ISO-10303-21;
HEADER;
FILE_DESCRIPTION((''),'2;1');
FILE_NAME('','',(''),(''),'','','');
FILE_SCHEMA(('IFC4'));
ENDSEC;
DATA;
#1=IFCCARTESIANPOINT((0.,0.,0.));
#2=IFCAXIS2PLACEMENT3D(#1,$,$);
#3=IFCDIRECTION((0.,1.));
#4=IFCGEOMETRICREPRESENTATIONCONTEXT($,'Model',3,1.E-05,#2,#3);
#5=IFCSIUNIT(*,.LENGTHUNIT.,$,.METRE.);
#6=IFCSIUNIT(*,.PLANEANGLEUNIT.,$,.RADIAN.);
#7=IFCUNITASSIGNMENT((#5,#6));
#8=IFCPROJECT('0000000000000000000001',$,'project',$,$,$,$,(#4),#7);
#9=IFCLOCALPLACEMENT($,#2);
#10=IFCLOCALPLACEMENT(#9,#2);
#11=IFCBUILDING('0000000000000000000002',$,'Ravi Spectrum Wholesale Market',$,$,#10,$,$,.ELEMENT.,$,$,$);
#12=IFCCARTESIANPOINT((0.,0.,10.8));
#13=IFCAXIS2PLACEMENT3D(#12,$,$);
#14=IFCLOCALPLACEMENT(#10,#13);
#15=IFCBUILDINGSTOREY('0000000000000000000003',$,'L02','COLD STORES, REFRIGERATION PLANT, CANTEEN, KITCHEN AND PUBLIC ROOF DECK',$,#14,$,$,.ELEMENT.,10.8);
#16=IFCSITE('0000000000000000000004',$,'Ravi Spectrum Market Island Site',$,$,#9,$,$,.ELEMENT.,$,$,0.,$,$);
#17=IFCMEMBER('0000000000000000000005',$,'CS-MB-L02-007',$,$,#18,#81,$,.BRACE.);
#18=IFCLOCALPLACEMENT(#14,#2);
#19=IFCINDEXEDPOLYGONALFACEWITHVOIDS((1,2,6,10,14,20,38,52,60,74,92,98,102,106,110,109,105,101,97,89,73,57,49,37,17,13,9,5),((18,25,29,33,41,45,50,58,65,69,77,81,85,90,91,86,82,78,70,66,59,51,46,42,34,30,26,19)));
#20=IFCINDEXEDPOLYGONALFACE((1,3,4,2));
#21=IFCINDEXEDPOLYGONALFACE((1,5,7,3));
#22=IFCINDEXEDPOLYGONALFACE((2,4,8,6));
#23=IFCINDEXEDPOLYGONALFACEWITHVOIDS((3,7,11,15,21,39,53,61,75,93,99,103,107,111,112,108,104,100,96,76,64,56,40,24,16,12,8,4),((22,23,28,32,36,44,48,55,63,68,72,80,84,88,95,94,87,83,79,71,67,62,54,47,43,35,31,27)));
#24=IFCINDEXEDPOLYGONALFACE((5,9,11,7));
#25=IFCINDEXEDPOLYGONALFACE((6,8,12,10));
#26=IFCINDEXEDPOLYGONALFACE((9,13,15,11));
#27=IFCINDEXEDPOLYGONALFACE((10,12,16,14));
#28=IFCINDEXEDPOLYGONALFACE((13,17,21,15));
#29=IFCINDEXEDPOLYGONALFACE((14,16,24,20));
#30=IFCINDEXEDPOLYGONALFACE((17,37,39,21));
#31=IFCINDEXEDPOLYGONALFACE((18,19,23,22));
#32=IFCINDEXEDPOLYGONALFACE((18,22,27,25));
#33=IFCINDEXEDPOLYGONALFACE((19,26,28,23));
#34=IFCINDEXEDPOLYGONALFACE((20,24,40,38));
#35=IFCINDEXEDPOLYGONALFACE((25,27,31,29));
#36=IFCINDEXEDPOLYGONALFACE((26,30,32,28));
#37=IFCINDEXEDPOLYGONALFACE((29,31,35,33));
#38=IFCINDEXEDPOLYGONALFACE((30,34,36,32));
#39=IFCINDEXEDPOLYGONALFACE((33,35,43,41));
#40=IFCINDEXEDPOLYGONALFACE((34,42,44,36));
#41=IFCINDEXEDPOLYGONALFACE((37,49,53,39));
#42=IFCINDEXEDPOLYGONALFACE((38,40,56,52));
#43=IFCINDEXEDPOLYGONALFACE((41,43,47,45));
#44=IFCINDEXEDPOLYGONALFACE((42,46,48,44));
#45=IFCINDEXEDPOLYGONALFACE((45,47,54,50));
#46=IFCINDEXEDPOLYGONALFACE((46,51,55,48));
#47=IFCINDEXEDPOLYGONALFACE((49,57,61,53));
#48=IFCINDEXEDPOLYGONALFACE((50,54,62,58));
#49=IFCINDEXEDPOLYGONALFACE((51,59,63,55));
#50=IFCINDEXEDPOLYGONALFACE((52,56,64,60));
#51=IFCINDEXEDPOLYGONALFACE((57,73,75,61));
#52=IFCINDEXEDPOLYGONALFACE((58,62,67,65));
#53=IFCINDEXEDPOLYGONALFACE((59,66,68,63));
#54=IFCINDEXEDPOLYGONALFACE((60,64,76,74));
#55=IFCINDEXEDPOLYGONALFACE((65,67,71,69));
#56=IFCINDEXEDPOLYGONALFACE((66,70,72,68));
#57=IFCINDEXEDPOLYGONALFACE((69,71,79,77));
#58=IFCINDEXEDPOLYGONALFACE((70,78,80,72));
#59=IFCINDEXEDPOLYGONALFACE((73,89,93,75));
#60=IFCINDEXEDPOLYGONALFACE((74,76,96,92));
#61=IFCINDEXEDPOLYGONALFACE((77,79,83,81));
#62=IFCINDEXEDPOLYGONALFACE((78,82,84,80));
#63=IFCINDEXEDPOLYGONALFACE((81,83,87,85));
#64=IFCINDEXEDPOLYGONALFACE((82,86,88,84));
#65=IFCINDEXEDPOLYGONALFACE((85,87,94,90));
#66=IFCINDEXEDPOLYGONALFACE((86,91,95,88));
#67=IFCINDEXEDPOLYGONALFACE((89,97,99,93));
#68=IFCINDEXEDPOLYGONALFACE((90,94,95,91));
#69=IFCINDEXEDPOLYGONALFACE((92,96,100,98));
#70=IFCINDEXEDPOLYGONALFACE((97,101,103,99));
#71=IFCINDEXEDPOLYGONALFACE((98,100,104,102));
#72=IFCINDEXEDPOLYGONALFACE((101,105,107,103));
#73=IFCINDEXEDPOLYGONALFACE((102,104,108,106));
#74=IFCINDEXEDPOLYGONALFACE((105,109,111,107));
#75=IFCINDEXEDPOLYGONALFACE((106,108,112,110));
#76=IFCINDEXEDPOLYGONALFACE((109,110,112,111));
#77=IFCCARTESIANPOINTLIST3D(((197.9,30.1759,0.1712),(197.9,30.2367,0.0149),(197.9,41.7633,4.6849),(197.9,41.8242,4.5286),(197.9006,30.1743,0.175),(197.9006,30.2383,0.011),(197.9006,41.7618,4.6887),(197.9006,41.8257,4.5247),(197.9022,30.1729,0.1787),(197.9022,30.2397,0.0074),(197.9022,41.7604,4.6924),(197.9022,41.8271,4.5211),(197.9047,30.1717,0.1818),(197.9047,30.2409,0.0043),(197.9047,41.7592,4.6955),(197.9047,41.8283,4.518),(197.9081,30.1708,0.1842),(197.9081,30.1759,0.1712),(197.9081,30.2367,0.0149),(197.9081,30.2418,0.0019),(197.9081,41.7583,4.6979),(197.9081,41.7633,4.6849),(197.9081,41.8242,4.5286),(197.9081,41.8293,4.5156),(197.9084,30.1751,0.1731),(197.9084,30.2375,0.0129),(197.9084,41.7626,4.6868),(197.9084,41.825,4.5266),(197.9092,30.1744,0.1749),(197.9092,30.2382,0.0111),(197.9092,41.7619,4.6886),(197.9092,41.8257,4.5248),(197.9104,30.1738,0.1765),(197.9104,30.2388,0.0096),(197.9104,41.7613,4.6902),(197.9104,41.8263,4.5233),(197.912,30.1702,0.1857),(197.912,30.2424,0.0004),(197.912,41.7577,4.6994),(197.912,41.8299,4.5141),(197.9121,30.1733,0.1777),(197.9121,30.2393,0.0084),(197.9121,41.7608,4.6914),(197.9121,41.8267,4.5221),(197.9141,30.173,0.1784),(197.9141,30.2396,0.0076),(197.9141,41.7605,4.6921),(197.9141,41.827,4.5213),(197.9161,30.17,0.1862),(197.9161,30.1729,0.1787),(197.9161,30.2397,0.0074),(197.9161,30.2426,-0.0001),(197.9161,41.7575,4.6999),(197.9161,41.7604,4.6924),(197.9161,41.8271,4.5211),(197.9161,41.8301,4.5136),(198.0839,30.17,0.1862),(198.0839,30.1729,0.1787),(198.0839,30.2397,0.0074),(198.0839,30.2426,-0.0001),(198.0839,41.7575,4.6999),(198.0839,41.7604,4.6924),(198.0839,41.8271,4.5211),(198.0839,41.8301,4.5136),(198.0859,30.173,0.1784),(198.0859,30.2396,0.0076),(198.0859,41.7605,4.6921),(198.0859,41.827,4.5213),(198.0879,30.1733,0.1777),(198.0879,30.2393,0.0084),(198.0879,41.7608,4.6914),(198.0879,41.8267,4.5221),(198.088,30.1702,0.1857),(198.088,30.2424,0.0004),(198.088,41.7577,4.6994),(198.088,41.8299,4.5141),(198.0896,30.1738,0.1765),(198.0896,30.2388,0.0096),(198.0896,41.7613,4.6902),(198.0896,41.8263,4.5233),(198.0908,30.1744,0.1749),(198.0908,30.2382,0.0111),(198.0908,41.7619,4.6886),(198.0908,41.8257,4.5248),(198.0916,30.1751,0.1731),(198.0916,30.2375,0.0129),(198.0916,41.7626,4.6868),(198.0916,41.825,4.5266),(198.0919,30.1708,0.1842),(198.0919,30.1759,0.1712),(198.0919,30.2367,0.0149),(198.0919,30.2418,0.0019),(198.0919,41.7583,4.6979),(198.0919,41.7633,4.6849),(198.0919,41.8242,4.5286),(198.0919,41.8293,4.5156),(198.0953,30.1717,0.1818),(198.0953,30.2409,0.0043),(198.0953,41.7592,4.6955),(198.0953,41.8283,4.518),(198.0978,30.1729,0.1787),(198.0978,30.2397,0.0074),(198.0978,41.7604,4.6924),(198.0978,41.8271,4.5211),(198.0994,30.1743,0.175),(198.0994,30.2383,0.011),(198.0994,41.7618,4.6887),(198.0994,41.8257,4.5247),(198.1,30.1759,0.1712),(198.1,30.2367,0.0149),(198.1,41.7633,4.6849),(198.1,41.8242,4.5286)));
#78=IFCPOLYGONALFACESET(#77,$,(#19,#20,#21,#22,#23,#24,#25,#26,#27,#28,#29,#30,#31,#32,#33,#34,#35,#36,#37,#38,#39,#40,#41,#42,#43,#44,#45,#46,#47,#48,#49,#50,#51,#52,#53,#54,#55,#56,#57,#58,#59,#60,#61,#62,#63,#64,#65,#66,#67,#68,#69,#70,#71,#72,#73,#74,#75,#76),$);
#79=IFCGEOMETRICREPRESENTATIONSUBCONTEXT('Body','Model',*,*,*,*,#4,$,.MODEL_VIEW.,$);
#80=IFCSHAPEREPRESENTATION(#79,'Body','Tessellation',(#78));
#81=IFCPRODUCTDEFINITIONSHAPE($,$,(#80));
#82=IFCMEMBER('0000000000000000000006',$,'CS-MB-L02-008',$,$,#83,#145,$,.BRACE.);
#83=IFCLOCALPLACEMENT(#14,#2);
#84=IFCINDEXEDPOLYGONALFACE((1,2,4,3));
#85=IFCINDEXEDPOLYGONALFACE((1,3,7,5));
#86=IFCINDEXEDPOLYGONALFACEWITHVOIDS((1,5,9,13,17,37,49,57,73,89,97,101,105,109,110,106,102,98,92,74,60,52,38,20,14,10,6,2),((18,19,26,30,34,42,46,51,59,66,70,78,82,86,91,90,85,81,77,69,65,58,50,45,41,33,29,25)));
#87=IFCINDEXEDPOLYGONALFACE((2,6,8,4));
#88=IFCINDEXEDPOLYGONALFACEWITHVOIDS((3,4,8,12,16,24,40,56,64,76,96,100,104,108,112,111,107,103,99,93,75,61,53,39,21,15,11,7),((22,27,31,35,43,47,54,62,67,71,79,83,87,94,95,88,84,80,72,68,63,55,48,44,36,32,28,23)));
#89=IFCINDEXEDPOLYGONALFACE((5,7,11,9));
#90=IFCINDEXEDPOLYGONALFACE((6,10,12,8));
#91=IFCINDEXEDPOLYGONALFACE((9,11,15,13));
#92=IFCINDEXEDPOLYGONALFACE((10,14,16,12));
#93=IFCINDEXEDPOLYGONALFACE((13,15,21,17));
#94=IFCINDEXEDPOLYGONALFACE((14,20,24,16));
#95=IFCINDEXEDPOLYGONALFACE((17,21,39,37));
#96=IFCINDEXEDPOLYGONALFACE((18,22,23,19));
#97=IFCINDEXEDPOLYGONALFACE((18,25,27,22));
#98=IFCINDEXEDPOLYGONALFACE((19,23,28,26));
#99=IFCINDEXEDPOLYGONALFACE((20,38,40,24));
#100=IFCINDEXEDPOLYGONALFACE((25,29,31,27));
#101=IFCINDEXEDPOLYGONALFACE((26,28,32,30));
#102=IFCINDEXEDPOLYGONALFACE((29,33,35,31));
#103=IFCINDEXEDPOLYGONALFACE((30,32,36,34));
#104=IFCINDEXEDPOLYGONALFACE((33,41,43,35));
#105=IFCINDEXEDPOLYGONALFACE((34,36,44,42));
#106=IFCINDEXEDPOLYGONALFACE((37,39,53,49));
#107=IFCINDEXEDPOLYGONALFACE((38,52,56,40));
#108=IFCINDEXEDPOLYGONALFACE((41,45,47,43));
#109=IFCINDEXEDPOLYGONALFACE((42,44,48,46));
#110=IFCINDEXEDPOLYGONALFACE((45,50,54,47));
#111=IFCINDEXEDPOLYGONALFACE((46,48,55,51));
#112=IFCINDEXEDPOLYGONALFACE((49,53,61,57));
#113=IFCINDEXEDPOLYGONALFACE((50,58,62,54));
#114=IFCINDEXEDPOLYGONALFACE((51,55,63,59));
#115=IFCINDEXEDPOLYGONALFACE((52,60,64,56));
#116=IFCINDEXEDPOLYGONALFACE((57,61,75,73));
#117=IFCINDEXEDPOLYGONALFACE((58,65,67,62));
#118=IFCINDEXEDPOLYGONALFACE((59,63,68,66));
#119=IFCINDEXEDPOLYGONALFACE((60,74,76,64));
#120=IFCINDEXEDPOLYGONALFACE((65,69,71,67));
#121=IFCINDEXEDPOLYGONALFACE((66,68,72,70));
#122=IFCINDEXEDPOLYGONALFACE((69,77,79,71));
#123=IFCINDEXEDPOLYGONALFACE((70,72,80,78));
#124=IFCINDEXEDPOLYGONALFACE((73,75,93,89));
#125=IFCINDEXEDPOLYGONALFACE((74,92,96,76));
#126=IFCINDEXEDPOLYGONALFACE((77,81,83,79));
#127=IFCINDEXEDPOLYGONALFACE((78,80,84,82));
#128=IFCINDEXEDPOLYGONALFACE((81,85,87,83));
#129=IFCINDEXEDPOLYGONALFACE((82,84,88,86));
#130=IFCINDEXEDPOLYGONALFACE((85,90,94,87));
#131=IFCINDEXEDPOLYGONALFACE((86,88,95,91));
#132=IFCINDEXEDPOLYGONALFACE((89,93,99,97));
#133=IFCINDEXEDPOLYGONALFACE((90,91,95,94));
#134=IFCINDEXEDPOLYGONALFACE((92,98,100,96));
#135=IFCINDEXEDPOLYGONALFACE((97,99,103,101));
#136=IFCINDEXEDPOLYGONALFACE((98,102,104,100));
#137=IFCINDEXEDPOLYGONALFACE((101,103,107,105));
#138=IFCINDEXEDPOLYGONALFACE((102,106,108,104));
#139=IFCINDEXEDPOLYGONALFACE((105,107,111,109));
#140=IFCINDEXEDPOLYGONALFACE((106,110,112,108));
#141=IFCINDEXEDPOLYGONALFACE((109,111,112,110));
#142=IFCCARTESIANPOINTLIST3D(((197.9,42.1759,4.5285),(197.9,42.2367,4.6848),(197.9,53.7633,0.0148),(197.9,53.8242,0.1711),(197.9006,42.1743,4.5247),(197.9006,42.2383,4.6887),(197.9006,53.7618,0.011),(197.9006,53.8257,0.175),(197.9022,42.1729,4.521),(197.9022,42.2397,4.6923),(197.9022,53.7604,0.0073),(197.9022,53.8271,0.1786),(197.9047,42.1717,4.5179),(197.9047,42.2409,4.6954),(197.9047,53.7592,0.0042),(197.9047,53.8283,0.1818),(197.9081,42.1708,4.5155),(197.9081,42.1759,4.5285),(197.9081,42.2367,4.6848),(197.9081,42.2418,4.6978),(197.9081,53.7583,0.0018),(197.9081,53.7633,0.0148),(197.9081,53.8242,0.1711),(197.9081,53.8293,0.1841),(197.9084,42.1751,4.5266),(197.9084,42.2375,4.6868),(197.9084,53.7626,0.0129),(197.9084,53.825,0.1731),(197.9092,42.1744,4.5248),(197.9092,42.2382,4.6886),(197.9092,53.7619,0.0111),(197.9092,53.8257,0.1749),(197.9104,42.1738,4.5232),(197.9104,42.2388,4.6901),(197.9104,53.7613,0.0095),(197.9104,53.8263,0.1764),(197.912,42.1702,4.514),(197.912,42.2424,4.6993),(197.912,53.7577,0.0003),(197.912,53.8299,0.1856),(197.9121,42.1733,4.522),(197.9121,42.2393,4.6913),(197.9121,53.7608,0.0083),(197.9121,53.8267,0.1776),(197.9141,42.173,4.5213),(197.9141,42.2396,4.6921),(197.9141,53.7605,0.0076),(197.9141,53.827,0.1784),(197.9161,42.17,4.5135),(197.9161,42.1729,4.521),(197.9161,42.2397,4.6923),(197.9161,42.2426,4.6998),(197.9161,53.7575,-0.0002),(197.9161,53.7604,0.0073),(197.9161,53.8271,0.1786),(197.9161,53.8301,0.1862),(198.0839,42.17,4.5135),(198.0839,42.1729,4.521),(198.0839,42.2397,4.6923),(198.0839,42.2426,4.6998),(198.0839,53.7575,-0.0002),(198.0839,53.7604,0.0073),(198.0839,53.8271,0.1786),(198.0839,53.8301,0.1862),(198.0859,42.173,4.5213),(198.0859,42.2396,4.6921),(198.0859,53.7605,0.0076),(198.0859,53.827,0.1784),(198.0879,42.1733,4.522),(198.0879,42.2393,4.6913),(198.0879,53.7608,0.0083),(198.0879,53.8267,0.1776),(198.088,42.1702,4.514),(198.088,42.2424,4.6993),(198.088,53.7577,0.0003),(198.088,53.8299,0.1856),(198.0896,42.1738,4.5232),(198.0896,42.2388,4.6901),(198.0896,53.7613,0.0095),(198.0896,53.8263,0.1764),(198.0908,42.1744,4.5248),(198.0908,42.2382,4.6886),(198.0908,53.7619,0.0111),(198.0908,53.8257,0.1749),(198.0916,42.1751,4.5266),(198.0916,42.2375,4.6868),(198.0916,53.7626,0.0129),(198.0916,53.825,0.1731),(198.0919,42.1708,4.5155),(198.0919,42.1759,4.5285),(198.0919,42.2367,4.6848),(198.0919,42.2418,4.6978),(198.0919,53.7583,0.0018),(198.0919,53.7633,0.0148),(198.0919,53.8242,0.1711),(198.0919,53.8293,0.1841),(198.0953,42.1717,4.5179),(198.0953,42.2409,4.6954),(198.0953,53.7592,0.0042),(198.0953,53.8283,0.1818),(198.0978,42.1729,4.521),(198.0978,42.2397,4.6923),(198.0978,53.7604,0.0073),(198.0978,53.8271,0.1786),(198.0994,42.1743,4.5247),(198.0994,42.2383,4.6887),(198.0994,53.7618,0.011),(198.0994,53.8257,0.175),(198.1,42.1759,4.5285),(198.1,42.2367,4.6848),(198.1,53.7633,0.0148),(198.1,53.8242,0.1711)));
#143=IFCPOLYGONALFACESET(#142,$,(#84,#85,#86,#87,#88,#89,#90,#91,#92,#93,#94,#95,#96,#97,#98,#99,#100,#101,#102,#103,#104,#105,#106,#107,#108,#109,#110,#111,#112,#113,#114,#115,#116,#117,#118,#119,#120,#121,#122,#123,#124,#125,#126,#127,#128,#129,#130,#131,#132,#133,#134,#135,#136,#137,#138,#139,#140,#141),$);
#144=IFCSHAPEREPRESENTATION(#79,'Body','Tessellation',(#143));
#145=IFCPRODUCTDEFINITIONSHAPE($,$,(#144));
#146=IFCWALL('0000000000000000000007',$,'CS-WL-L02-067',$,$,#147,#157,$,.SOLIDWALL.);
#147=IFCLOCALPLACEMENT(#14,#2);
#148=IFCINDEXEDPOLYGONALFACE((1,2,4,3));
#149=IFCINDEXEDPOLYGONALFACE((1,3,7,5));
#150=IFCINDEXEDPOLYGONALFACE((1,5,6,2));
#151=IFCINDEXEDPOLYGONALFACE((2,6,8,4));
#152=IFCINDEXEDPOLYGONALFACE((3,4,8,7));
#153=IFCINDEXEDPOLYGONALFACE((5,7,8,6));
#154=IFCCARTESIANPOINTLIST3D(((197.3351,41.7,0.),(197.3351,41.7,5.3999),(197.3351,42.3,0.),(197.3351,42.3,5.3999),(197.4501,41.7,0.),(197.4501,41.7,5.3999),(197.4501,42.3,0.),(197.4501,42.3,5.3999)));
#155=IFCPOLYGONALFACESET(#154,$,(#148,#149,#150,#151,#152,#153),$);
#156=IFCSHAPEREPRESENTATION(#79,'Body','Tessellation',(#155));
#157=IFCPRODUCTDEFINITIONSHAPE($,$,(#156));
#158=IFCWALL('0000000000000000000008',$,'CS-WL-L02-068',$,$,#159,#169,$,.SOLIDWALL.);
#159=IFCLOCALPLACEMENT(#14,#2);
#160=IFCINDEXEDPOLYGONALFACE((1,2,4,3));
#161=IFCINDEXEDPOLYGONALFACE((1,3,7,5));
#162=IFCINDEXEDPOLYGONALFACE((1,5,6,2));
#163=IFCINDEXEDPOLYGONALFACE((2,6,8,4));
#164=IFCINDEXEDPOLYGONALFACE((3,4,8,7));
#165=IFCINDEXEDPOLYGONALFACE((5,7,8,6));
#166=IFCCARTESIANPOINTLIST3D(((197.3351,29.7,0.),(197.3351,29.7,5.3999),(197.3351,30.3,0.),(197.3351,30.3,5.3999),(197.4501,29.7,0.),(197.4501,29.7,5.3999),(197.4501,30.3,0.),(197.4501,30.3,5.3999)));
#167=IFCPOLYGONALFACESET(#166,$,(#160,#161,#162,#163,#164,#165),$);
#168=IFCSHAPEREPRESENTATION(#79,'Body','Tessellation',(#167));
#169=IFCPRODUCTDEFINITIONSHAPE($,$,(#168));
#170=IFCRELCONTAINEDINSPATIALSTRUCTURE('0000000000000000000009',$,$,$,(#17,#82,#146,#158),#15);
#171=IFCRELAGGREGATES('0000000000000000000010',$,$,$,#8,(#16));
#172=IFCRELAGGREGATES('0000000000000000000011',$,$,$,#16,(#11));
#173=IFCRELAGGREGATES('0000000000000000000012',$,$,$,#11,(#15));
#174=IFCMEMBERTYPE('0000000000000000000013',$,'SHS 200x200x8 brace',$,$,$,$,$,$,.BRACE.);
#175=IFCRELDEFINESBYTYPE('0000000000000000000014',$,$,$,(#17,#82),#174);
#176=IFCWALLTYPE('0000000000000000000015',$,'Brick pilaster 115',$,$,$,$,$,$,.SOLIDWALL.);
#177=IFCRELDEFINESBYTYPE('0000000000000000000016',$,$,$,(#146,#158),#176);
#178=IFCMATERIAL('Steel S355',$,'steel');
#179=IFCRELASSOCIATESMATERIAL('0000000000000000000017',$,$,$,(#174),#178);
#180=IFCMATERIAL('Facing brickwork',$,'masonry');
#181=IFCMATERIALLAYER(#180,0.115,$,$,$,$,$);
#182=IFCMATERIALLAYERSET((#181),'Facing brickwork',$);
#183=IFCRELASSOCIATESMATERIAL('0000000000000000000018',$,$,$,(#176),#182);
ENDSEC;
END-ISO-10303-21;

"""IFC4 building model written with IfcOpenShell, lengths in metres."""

from ifc_helpers import new_model, si_unit, direction, frame, frame_2d, origin, origin_2d, place, context, subcontext, project, spatial, rectangle, hollow_rectangle, extrude, material, layer, layer_set, material_profile, profile_set, type_object, element, save


model = new_model("IFC4")

# Units and contexts
model_context = context("Model", 3, precision=1e-05, world=origin(), true_north=direction((0.0, 1.0)))
body_context = subcontext(model_context, "Body", "Model", "MODEL_VIEW")
ifc_project = project(units=[si_unit("LENGTHUNIT", "METRE"), si_unit("PLANEANGLEUNIT", "RADIAN")], contexts=[model_context])

# Site, building, storey
site_placement = place(None, origin())
site = spatial("IfcSite", under=ifc_project, at=site_placement, Name="Ravi Spectrum Market Island Site", CompositionType="ELEMENT", RefElevation=0.0)
building_placement = place(site_placement, origin())
building = spatial("IfcBuilding", under=site, at=building_placement, Name="Ravi Spectrum Wholesale Market", CompositionType="ELEMENT")
storey_placement = place(building_placement, frame((0.0, 0.0, 10.8)))
storey = spatial("IfcBuildingStorey", under=building, at=storey_placement, Name="L02", Description="COLD STORES, REFRIGERATION PLANT, CANTEEN, KITCHEN AND PUBLIC ROOF DECK", CompositionType="ELEMENT", Elevation=10.8)

# Members
ifc_material_1 = material(Name="Steel S355", Category="steel")
ifc_material_profile_1 = material_profile(ifc_material_1, hollow_rectangle(XDim=0.2, YDim=0.2, WallThickness=0.0081, InnerFilletRadius=0.0081, OuterFilletRadius=0.0161, at=origin_2d()))
ifc_profile_set_1 = profile_set([ifc_material_profile_1], Name="Steel S355")
member_type = type_object("IfcMemberType", Name="SHS 200x200x8 brace", PredefinedType="BRACE", material=ifc_profile_set_1)
for number, where, z_axis, x_axis, name in (
    (1, (198.0, 30.2063, 0.093), (0.0, 0.931802, 0.362967), (-1.0, 0.0, 0.0), "CS-MB-L02-007"),
    (2, (198.0, 42.2063, 4.6067), (0.0, 0.931802, -0.362967), (-1.0, 0.0, 0.0), "CS-MB-L02-008"),
):
    element("IfcMember", number, at=place(storey_placement, frame(where, z_axis=z_axis, x_axis=x_axis)), inside=storey, type_object=member_type, Name=name, PredefinedType="BRACE", context=body_context, shape_type="SweptSolid", body=[
        extrude(hollow_rectangle(XDim=0.2, YDim=0.2, WallThickness=0.0081, InnerFilletRadius=0.0081, OuterFilletRadius=0.0161, at=origin_2d()), origin(), (0.0, 0.0, 1.0), 12.4355),
    ])

# Walls
ifc_material_2 = material(Name="Facing brickwork", Category="masonry")
ifc_layer_1 = layer(ifc_material_2, 0.115)
ifc_layer_set_1 = layer_set([ifc_layer_1], Name="Facing brickwork")
wall_type_1 = type_object("IfcWallType", Name="Brick pilaster 115", PredefinedType="SOLIDWALL", material=ifc_layer_set_1)
for number, where, z_axis, x_axis, name in (
    (3, (197.3926, 42.3, 0.0), (0.0, 0.0, 1.0), (0.0, -1.0, 0.0), "CS-WL-L02-067"),
    (4, (197.3926, 30.3, 0.0), (0.0, 0.0, 1.0), (0.0, -1.0, 0.0), "CS-WL-L02-068"),
):
    element("IfcWall", number, at=place(storey_placement, frame(where, z_axis=z_axis, x_axis=x_axis)), inside=storey, type_object=wall_type_1, Name=name, PredefinedType="SOLIDWALL", context=body_context, shape_type="SweptSolid", body=[
        extrude(rectangle(XDim=0.6001, YDim=0.115, at=frame_2d((0.3, 0.0))), origin(), (0.0, 0.0, 1.0), 5.3999),
    ])

save(model, "model.ifc")
